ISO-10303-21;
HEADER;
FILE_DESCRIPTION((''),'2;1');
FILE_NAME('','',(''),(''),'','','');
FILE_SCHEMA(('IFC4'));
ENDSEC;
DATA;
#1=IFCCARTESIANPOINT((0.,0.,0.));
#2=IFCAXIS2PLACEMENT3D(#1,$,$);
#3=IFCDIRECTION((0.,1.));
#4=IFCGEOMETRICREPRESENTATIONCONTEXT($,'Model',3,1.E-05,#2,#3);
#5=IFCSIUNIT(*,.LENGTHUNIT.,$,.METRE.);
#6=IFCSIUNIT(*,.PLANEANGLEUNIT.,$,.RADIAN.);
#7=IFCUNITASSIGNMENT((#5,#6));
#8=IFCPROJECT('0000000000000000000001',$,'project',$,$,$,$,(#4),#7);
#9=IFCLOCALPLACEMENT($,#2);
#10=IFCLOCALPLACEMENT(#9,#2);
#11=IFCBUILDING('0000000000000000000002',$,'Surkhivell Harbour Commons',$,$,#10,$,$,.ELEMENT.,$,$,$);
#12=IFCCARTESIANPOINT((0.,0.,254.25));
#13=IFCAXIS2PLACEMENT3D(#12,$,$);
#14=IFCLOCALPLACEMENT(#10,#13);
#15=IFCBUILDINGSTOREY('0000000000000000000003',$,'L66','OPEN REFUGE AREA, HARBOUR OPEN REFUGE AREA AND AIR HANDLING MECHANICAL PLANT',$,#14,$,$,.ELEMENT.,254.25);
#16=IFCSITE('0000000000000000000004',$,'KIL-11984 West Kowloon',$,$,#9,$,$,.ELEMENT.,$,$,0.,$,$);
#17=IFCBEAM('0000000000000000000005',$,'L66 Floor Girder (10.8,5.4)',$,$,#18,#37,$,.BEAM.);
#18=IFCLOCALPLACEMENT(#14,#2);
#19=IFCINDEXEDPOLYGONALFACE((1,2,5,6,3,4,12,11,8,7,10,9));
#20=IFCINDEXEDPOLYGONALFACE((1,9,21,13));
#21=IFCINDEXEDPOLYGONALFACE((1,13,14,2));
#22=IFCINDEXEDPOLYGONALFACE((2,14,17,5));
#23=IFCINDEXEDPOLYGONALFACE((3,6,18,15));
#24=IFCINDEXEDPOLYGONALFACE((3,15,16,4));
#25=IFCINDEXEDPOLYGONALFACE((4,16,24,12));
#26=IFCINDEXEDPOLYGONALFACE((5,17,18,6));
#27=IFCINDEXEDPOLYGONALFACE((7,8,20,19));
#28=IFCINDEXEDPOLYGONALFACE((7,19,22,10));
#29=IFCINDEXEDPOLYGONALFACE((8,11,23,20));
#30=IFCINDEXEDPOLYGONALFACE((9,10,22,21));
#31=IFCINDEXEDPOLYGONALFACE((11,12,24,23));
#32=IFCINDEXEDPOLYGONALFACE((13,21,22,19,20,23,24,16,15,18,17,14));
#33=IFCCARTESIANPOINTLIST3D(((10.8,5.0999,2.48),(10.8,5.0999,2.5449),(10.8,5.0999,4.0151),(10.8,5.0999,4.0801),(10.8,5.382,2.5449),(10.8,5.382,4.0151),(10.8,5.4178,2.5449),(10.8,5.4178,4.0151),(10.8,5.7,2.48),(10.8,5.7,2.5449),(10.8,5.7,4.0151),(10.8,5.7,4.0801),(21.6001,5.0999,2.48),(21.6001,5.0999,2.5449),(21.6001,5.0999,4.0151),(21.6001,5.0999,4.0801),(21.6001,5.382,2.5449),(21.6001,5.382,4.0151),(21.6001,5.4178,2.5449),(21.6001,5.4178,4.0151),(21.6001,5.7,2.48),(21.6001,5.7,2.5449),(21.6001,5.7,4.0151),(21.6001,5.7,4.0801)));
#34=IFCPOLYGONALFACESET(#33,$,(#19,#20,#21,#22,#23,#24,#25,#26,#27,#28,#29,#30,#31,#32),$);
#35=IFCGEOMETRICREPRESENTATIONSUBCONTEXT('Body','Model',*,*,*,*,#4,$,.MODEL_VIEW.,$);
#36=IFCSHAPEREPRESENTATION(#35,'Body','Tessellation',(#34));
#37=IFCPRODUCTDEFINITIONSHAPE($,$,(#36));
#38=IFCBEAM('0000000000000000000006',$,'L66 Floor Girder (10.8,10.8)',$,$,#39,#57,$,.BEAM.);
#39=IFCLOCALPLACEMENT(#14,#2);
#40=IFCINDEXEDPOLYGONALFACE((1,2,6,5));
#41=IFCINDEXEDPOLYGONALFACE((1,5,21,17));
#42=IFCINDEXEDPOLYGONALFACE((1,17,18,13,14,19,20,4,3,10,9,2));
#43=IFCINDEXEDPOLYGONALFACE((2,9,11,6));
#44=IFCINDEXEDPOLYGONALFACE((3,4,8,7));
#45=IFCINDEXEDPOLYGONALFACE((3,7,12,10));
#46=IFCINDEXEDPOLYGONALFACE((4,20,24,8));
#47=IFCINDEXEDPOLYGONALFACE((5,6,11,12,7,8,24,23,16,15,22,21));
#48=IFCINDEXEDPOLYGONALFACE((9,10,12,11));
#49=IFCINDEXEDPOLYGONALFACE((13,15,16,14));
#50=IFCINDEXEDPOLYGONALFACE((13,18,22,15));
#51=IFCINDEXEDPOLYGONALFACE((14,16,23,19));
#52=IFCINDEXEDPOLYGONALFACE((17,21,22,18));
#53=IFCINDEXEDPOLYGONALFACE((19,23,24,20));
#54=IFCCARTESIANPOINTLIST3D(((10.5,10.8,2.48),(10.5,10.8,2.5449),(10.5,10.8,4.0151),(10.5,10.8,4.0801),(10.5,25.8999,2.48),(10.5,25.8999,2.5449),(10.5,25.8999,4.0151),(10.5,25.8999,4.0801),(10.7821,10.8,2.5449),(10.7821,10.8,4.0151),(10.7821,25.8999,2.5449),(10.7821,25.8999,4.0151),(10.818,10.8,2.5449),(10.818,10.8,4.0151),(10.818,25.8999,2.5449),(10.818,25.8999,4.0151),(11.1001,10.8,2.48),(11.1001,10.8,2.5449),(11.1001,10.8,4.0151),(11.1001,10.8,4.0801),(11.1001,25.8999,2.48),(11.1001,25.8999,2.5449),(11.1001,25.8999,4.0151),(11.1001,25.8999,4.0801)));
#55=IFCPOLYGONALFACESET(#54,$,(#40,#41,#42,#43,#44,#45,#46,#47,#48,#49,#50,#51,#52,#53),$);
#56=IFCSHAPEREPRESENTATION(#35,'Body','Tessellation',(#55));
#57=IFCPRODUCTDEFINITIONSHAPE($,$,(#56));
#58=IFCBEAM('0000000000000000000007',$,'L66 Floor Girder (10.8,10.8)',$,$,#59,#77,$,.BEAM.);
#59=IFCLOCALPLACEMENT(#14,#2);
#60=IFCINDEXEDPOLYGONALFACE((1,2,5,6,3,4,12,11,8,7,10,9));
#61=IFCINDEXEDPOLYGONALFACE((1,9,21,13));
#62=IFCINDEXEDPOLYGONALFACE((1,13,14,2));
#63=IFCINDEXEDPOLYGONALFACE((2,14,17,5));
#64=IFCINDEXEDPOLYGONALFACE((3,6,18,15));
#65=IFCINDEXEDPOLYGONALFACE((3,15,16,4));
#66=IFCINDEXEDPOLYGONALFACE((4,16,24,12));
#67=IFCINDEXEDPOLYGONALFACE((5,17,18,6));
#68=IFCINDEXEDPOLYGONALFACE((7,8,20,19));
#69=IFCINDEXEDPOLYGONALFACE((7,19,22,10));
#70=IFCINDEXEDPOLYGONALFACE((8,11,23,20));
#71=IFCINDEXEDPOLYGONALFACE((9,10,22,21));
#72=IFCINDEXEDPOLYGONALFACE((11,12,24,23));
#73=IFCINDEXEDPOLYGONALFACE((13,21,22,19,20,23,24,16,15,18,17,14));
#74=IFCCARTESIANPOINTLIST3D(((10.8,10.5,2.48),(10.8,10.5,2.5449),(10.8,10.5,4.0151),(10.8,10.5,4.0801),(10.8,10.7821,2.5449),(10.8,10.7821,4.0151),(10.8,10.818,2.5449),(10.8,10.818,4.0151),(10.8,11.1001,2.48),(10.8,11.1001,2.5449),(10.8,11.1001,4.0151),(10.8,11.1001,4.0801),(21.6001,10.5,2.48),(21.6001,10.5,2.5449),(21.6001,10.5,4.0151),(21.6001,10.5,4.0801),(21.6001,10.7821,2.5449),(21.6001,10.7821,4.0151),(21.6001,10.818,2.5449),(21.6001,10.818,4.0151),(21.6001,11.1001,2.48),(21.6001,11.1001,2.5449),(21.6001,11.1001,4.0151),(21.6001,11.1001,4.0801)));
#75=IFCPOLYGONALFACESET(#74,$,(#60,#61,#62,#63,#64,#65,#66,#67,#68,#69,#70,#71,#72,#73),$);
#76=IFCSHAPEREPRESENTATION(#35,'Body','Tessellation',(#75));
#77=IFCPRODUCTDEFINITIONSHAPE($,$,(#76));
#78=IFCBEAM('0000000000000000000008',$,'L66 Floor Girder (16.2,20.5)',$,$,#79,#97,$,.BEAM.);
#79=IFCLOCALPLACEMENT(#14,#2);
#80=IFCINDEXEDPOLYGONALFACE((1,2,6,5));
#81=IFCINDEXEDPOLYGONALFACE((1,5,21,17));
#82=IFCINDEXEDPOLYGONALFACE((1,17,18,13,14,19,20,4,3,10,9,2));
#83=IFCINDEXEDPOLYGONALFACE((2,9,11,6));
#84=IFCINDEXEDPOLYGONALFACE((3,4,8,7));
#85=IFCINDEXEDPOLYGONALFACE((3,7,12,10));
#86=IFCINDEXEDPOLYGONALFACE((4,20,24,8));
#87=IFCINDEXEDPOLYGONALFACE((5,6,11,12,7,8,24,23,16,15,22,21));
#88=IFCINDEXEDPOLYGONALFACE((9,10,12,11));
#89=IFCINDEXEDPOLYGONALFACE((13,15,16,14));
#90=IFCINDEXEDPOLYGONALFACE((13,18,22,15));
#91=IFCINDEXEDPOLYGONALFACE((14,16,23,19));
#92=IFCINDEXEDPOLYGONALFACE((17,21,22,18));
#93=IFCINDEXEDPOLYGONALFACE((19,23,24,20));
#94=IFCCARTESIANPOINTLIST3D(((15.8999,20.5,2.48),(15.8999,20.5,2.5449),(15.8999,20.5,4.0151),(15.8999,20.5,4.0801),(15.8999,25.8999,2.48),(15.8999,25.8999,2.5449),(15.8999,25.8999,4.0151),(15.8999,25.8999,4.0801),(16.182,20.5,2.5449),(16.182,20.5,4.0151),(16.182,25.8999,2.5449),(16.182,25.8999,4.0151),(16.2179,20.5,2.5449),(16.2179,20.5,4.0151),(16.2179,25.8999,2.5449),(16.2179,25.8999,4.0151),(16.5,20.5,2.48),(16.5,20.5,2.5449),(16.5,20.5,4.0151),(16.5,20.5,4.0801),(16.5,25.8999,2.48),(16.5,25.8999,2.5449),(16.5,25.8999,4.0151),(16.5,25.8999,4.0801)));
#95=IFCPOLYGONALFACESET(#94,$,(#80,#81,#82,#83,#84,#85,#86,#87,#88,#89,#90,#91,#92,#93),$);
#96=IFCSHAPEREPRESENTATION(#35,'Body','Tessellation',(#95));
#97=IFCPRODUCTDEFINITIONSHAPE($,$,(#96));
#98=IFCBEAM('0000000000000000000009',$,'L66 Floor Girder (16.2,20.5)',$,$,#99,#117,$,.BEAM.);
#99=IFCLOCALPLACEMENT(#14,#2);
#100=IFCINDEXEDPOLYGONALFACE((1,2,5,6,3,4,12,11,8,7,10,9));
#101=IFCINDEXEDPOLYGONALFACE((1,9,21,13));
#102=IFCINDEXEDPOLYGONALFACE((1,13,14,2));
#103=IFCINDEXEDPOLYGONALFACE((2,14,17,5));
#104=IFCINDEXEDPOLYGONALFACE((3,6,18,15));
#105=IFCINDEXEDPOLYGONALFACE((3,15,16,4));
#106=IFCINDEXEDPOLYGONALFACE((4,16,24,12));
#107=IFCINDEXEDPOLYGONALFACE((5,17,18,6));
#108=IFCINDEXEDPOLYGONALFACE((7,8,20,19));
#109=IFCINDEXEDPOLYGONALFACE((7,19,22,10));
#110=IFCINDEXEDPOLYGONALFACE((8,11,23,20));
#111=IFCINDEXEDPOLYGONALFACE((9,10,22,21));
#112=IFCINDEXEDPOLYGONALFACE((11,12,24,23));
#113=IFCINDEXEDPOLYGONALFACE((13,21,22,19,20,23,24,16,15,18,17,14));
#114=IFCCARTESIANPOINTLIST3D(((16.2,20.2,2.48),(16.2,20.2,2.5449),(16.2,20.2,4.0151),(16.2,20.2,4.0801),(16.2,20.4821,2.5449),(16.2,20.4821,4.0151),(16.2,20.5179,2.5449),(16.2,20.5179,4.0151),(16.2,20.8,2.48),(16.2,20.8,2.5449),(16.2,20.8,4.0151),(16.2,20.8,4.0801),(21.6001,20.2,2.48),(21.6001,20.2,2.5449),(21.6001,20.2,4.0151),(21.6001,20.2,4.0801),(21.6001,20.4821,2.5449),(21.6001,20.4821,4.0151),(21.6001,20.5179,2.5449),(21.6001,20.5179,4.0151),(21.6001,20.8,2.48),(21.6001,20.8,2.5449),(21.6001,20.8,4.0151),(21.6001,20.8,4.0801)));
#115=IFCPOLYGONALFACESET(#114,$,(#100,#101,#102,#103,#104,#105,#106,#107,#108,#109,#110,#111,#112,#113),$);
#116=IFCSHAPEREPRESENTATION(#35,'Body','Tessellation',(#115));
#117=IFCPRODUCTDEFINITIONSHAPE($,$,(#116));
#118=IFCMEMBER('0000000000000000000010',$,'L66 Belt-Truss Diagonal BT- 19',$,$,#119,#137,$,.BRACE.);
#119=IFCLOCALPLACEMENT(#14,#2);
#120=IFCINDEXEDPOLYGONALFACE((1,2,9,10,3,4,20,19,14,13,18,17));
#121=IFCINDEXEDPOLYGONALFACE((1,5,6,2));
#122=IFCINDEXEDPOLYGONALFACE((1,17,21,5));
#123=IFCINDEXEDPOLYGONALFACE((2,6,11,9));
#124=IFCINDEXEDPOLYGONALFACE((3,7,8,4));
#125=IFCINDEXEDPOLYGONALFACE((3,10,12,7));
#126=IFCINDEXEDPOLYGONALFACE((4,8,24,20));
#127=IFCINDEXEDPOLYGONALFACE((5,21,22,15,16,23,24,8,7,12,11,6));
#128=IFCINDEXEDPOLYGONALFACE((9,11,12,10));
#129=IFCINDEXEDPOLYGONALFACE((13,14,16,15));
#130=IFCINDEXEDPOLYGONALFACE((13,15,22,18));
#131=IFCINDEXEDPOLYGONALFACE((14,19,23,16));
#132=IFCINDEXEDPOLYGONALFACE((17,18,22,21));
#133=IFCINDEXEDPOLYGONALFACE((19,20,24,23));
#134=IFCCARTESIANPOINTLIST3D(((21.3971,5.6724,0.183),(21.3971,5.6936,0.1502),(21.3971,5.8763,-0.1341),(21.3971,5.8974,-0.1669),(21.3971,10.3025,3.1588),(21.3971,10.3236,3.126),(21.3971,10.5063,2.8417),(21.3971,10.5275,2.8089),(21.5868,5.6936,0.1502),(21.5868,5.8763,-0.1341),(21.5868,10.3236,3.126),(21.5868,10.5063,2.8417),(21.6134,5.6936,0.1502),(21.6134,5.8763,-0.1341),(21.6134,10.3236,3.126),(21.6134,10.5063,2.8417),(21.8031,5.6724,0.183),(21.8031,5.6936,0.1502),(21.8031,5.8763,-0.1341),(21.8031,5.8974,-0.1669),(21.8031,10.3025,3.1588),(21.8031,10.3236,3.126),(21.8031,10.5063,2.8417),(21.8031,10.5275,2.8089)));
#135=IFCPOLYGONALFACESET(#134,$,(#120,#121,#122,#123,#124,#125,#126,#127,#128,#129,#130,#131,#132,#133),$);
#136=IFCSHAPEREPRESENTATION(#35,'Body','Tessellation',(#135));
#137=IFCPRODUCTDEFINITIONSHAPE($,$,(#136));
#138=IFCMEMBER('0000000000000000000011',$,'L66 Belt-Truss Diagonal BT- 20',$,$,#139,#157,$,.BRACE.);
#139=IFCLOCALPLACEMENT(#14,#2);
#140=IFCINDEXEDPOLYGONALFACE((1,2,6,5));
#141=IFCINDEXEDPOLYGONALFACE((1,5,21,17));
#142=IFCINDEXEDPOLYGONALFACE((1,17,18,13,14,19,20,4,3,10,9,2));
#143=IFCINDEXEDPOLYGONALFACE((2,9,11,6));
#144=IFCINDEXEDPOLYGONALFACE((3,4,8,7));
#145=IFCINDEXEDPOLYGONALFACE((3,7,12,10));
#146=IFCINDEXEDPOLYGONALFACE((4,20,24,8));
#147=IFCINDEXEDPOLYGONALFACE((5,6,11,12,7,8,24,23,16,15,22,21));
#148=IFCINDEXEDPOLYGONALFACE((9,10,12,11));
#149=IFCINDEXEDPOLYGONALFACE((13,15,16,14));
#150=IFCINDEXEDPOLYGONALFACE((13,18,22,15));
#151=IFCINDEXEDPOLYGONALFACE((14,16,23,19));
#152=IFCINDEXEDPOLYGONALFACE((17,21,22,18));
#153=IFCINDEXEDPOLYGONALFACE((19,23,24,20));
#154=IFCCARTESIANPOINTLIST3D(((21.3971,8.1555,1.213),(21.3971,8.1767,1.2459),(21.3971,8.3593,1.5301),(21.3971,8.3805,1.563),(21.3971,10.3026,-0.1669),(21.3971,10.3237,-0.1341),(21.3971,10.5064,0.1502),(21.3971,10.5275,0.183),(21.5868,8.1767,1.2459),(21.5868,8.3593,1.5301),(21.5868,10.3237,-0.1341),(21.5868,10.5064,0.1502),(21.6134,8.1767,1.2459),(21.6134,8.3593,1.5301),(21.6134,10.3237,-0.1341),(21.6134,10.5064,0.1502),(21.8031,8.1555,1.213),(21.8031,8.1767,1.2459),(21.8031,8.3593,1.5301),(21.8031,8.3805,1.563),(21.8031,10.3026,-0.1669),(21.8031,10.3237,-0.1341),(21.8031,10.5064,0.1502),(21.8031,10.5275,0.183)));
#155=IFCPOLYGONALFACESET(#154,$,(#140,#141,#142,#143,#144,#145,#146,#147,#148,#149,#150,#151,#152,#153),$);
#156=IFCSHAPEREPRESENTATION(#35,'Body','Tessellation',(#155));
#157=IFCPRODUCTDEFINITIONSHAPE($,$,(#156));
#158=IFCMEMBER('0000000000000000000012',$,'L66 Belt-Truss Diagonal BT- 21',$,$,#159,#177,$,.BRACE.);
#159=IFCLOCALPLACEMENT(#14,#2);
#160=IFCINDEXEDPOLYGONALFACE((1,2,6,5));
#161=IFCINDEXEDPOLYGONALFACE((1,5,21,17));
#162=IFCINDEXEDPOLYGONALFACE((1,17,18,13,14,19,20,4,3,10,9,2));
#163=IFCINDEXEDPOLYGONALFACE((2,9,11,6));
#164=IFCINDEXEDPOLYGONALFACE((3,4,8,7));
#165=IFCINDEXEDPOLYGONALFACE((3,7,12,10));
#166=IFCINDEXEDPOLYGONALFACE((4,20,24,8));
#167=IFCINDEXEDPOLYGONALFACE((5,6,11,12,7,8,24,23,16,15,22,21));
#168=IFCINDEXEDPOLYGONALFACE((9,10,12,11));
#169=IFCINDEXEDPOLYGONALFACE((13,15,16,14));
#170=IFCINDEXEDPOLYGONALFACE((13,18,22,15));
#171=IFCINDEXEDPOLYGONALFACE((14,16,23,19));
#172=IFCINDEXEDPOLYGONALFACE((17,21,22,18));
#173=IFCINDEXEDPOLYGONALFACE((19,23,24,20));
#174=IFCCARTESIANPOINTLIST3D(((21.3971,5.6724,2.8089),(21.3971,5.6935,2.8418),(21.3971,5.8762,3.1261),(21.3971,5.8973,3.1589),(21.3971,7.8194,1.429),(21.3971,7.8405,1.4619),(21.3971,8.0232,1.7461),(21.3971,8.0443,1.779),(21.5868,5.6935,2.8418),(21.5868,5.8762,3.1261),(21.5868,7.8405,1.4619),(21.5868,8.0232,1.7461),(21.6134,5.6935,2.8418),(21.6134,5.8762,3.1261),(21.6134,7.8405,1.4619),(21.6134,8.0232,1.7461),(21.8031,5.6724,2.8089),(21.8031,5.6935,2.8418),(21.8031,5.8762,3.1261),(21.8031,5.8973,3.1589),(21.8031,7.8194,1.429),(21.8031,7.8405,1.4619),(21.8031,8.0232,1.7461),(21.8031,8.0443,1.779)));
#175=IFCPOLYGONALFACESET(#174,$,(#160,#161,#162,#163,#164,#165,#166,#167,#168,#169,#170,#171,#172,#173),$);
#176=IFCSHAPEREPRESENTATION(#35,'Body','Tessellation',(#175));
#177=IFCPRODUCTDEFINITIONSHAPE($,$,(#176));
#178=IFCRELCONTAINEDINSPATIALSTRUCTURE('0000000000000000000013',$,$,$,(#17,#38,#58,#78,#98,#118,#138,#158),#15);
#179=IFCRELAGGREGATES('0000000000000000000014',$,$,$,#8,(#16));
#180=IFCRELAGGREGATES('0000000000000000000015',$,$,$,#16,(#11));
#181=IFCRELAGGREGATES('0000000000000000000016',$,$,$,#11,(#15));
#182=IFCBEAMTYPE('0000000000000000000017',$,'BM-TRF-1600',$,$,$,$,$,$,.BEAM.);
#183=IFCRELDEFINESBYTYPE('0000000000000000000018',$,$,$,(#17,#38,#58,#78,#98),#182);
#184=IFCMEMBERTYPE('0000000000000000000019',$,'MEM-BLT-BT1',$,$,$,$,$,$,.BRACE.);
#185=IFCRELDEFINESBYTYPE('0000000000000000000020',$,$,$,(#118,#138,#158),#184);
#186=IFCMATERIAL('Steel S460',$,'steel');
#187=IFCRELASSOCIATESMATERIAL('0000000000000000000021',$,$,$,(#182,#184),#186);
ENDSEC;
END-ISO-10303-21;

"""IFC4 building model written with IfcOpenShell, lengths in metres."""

from ifc_helpers import new_model, si_unit, direction, frame, origin, origin_2d, place, context, subcontext, project, spatial, i_section, extrude, material, material_profile, profile_set, type_object, element, save


model = new_model("IFC4")

# Units and contexts
model_context = context("Model", 3, precision=1e-05, world=origin(), true_north=direction((0.0, 1.0)))
body_context = subcontext(model_context, "Body", "Model", "MODEL_VIEW")
ifc_project = project(units=[si_unit("LENGTHUNIT", "METRE"), si_unit("PLANEANGLEUNIT", "RADIAN")], contexts=[model_context])

# Site, building, storey
site_placement = place(None, origin())
site = spatial("IfcSite", under=ifc_project, at=site_placement, Name="KIL-11984 West Kowloon", CompositionType="ELEMENT", RefElevation=0.0)
building_placement = place(site_placement, origin())
building = spatial("IfcBuilding", under=site, at=building_placement, Name="Surkhivell Harbour Commons", CompositionType="ELEMENT")
storey_placement = place(building_placement, frame((0.0, 0.0, 254.25)))
storey = spatial("IfcBuildingStorey", under=building, at=storey_placement, Name="L66", Description="OPEN REFUGE AREA, HARBOUR OPEN REFUGE AREA AND AIR HANDLING MECHANICAL PLANT", CompositionType="ELEMENT", Elevation=254.25)

# Beams
ifc_material_1 = material(Name="Steel S460", Category="steel")
ifc_material_profile_1 = material_profile(ifc_material_1, i_section(OverallWidth=0.6001, OverallDepth=1.6001, WebThickness=0.0359, FlangeThickness=0.0649, at=origin_2d()), Name="WPG1600x600x296")
ifc_profile_set_1 = profile_set([ifc_material_profile_1], Name="Steel S460")
beam_type_1 = type_object("IfcBeamType", Name="BM-TRF-1600", PredefinedType="BEAM", material=ifc_profile_set_1)
beam_1_placement = place(storey_placement, frame((10.8, 5.3999, 3.28), z_axis=(1.0, 0.0, 0.0), x_axis=(0.0, 1.0, 0.0)))
element("IfcBeam", 1, at=beam_1_placement, inside=storey, type_object=beam_type_1, Name="L66 Floor Girder (10.8,5.4)", PredefinedType="BEAM", context=body_context, shape_type="SweptSolid", body=[
    extrude(i_section(OverallWidth=0.6001, OverallDepth=1.6001, WebThickness=0.0359, FlangeThickness=0.0649, at=origin_2d()), origin(), (0.0, 0.0, 1.0), 10.8),
])
beam_2_placement = place(storey_placement, frame((10.8, 10.8, 3.28), z_axis=(0.0, 1.0, 0.0), x_axis=(-1.0, 0.0, 0.0)))
element("IfcBeam", 2, at=beam_2_placement, inside=storey, type_object=beam_type_1, Name="L66 Floor Girder (10.8,10.8)", PredefinedType="BEAM", context=body_context, shape_type="SweptSolid", body=[
    extrude(i_section(OverallWidth=0.6001, OverallDepth=1.6001, WebThickness=0.0359, FlangeThickness=0.0649, at=origin_2d()), origin(), (0.0, 0.0, 1.0), 15.0999),
])
beam_3_placement = place(storey_placement, frame((10.8, 10.8, 3.28), z_axis=(1.0, 0.0, 0.0), x_axis=(0.0, 1.0, 0.0)))
element("IfcBeam", 3, at=beam_3_placement, inside=storey, type_object=beam_type_1, Name="L66 Floor Girder (10.8,10.8)", PredefinedType="BEAM", context=body_context, shape_type="SweptSolid", body=[
    extrude(i_section(OverallWidth=0.6001, OverallDepth=1.6001, WebThickness=0.0359, FlangeThickness=0.0649, at=origin_2d()), origin(), (0.0, 0.0, 1.0), 10.8),
])
beam_4_placement = place(storey_placement, frame((16.2, 20.5, 3.28), z_axis=(0.0, 1.0, 0.0), x_axis=(-1.0, 0.0, 0.0)))
element("IfcBeam", 4, at=beam_4_placement, inside=storey, type_object=beam_type_1, Name="L66 Floor Girder (16.2,20.5)", PredefinedType="BEAM", context=body_context, shape_type="SweptSolid", body=[
    extrude(i_section(OverallWidth=0.6001, OverallDepth=1.6001, WebThickness=0.0359, FlangeThickness=0.0649, at=origin_2d()), origin(), (0.0, 0.0, 1.0), 5.3999),
])
beam_5_placement = place(storey_placement, frame((16.2, 20.5, 3.28), z_axis=(1.0, 0.0, 0.0), x_axis=(0.0, 1.0, 0.0)))
element("IfcBeam", 5, at=beam_5_placement, inside=storey, type_object=beam_type_1, Name="L66 Floor Girder (16.2,20.5)", PredefinedType="BEAM", context=body_context, shape_type="SweptSolid", body=[
    extrude(i_section(OverallWidth=0.6001, OverallDepth=1.6001, WebThickness=0.0359, FlangeThickness=0.0649, at=origin_2d()), origin(), (0.0, 0.0, 1.0), 5.4001),
])

# Members
ifc_material_profile_2 = material_profile(ifc_material_1, i_section(OverallWidth=0.406, OverallDepth=0.416, WebThickness=0.0266, FlangeThickness=0.0391, at=origin_2d()), Name="HD400x382")
ifc_profile_set_2 = profile_set([ifc_material_profile_2], Name="Steel S460")
member_type_1 = type_object("IfcMemberType", Name="MEM-BLT-BT1", PredefinedType="BRACE", material=ifc_profile_set_2)
member_1_placement = place(storey_placement, frame((21.6001, 5.7849, 0.0081), z_axis=(0.0, 0.841235, 0.54067), x_axis=(-1.0, 0.0, 0.0)))
element("IfcMember", 6, at=member_1_placement, inside=storey, type_object=member_type_1, Name="L66 Belt-Truss Diagonal BT- 19", PredefinedType="BRACE", context=body_context, shape_type="SweptSolid", body=[
    extrude(i_section(OverallWidth=0.406, OverallDepth=0.416, WebThickness=0.0266, FlangeThickness=0.0391, at=origin_2d()), origin(), (0.0, 0.0, 1.0), 5.5039),
])
for number, where, z_axis, x_axis, name in (
    (7, (21.6001, 10.415, 0.0081), (0.0, -0.841234, 0.540671), (1.0, 0.0, 0.0), "L66 Belt-Truss Diagonal BT- 20"),
    (8, (21.6001, 7.9319, 1.604), (0.0, -0.841234, 0.540671), (1.0, 0.0, 0.0), "L66 Belt-Truss Diagonal BT- 21"),
):
    element("IfcMember", number, at=place(storey_placement, frame(where, z_axis=z_axis, x_axis=x_axis)), inside=storey, type_object=member_type_1, Name=name, PredefinedType="BRACE", context=body_context, shape_type="SweptSolid", body=[
        extrude(i_section(OverallWidth=0.406, OverallDepth=0.416, WebThickness=0.0266, FlangeThickness=0.0391, at=origin_2d()), origin(), (0.0, 0.0, 1.0), 2.5522),
    ])

save(model, "model.ifc")
